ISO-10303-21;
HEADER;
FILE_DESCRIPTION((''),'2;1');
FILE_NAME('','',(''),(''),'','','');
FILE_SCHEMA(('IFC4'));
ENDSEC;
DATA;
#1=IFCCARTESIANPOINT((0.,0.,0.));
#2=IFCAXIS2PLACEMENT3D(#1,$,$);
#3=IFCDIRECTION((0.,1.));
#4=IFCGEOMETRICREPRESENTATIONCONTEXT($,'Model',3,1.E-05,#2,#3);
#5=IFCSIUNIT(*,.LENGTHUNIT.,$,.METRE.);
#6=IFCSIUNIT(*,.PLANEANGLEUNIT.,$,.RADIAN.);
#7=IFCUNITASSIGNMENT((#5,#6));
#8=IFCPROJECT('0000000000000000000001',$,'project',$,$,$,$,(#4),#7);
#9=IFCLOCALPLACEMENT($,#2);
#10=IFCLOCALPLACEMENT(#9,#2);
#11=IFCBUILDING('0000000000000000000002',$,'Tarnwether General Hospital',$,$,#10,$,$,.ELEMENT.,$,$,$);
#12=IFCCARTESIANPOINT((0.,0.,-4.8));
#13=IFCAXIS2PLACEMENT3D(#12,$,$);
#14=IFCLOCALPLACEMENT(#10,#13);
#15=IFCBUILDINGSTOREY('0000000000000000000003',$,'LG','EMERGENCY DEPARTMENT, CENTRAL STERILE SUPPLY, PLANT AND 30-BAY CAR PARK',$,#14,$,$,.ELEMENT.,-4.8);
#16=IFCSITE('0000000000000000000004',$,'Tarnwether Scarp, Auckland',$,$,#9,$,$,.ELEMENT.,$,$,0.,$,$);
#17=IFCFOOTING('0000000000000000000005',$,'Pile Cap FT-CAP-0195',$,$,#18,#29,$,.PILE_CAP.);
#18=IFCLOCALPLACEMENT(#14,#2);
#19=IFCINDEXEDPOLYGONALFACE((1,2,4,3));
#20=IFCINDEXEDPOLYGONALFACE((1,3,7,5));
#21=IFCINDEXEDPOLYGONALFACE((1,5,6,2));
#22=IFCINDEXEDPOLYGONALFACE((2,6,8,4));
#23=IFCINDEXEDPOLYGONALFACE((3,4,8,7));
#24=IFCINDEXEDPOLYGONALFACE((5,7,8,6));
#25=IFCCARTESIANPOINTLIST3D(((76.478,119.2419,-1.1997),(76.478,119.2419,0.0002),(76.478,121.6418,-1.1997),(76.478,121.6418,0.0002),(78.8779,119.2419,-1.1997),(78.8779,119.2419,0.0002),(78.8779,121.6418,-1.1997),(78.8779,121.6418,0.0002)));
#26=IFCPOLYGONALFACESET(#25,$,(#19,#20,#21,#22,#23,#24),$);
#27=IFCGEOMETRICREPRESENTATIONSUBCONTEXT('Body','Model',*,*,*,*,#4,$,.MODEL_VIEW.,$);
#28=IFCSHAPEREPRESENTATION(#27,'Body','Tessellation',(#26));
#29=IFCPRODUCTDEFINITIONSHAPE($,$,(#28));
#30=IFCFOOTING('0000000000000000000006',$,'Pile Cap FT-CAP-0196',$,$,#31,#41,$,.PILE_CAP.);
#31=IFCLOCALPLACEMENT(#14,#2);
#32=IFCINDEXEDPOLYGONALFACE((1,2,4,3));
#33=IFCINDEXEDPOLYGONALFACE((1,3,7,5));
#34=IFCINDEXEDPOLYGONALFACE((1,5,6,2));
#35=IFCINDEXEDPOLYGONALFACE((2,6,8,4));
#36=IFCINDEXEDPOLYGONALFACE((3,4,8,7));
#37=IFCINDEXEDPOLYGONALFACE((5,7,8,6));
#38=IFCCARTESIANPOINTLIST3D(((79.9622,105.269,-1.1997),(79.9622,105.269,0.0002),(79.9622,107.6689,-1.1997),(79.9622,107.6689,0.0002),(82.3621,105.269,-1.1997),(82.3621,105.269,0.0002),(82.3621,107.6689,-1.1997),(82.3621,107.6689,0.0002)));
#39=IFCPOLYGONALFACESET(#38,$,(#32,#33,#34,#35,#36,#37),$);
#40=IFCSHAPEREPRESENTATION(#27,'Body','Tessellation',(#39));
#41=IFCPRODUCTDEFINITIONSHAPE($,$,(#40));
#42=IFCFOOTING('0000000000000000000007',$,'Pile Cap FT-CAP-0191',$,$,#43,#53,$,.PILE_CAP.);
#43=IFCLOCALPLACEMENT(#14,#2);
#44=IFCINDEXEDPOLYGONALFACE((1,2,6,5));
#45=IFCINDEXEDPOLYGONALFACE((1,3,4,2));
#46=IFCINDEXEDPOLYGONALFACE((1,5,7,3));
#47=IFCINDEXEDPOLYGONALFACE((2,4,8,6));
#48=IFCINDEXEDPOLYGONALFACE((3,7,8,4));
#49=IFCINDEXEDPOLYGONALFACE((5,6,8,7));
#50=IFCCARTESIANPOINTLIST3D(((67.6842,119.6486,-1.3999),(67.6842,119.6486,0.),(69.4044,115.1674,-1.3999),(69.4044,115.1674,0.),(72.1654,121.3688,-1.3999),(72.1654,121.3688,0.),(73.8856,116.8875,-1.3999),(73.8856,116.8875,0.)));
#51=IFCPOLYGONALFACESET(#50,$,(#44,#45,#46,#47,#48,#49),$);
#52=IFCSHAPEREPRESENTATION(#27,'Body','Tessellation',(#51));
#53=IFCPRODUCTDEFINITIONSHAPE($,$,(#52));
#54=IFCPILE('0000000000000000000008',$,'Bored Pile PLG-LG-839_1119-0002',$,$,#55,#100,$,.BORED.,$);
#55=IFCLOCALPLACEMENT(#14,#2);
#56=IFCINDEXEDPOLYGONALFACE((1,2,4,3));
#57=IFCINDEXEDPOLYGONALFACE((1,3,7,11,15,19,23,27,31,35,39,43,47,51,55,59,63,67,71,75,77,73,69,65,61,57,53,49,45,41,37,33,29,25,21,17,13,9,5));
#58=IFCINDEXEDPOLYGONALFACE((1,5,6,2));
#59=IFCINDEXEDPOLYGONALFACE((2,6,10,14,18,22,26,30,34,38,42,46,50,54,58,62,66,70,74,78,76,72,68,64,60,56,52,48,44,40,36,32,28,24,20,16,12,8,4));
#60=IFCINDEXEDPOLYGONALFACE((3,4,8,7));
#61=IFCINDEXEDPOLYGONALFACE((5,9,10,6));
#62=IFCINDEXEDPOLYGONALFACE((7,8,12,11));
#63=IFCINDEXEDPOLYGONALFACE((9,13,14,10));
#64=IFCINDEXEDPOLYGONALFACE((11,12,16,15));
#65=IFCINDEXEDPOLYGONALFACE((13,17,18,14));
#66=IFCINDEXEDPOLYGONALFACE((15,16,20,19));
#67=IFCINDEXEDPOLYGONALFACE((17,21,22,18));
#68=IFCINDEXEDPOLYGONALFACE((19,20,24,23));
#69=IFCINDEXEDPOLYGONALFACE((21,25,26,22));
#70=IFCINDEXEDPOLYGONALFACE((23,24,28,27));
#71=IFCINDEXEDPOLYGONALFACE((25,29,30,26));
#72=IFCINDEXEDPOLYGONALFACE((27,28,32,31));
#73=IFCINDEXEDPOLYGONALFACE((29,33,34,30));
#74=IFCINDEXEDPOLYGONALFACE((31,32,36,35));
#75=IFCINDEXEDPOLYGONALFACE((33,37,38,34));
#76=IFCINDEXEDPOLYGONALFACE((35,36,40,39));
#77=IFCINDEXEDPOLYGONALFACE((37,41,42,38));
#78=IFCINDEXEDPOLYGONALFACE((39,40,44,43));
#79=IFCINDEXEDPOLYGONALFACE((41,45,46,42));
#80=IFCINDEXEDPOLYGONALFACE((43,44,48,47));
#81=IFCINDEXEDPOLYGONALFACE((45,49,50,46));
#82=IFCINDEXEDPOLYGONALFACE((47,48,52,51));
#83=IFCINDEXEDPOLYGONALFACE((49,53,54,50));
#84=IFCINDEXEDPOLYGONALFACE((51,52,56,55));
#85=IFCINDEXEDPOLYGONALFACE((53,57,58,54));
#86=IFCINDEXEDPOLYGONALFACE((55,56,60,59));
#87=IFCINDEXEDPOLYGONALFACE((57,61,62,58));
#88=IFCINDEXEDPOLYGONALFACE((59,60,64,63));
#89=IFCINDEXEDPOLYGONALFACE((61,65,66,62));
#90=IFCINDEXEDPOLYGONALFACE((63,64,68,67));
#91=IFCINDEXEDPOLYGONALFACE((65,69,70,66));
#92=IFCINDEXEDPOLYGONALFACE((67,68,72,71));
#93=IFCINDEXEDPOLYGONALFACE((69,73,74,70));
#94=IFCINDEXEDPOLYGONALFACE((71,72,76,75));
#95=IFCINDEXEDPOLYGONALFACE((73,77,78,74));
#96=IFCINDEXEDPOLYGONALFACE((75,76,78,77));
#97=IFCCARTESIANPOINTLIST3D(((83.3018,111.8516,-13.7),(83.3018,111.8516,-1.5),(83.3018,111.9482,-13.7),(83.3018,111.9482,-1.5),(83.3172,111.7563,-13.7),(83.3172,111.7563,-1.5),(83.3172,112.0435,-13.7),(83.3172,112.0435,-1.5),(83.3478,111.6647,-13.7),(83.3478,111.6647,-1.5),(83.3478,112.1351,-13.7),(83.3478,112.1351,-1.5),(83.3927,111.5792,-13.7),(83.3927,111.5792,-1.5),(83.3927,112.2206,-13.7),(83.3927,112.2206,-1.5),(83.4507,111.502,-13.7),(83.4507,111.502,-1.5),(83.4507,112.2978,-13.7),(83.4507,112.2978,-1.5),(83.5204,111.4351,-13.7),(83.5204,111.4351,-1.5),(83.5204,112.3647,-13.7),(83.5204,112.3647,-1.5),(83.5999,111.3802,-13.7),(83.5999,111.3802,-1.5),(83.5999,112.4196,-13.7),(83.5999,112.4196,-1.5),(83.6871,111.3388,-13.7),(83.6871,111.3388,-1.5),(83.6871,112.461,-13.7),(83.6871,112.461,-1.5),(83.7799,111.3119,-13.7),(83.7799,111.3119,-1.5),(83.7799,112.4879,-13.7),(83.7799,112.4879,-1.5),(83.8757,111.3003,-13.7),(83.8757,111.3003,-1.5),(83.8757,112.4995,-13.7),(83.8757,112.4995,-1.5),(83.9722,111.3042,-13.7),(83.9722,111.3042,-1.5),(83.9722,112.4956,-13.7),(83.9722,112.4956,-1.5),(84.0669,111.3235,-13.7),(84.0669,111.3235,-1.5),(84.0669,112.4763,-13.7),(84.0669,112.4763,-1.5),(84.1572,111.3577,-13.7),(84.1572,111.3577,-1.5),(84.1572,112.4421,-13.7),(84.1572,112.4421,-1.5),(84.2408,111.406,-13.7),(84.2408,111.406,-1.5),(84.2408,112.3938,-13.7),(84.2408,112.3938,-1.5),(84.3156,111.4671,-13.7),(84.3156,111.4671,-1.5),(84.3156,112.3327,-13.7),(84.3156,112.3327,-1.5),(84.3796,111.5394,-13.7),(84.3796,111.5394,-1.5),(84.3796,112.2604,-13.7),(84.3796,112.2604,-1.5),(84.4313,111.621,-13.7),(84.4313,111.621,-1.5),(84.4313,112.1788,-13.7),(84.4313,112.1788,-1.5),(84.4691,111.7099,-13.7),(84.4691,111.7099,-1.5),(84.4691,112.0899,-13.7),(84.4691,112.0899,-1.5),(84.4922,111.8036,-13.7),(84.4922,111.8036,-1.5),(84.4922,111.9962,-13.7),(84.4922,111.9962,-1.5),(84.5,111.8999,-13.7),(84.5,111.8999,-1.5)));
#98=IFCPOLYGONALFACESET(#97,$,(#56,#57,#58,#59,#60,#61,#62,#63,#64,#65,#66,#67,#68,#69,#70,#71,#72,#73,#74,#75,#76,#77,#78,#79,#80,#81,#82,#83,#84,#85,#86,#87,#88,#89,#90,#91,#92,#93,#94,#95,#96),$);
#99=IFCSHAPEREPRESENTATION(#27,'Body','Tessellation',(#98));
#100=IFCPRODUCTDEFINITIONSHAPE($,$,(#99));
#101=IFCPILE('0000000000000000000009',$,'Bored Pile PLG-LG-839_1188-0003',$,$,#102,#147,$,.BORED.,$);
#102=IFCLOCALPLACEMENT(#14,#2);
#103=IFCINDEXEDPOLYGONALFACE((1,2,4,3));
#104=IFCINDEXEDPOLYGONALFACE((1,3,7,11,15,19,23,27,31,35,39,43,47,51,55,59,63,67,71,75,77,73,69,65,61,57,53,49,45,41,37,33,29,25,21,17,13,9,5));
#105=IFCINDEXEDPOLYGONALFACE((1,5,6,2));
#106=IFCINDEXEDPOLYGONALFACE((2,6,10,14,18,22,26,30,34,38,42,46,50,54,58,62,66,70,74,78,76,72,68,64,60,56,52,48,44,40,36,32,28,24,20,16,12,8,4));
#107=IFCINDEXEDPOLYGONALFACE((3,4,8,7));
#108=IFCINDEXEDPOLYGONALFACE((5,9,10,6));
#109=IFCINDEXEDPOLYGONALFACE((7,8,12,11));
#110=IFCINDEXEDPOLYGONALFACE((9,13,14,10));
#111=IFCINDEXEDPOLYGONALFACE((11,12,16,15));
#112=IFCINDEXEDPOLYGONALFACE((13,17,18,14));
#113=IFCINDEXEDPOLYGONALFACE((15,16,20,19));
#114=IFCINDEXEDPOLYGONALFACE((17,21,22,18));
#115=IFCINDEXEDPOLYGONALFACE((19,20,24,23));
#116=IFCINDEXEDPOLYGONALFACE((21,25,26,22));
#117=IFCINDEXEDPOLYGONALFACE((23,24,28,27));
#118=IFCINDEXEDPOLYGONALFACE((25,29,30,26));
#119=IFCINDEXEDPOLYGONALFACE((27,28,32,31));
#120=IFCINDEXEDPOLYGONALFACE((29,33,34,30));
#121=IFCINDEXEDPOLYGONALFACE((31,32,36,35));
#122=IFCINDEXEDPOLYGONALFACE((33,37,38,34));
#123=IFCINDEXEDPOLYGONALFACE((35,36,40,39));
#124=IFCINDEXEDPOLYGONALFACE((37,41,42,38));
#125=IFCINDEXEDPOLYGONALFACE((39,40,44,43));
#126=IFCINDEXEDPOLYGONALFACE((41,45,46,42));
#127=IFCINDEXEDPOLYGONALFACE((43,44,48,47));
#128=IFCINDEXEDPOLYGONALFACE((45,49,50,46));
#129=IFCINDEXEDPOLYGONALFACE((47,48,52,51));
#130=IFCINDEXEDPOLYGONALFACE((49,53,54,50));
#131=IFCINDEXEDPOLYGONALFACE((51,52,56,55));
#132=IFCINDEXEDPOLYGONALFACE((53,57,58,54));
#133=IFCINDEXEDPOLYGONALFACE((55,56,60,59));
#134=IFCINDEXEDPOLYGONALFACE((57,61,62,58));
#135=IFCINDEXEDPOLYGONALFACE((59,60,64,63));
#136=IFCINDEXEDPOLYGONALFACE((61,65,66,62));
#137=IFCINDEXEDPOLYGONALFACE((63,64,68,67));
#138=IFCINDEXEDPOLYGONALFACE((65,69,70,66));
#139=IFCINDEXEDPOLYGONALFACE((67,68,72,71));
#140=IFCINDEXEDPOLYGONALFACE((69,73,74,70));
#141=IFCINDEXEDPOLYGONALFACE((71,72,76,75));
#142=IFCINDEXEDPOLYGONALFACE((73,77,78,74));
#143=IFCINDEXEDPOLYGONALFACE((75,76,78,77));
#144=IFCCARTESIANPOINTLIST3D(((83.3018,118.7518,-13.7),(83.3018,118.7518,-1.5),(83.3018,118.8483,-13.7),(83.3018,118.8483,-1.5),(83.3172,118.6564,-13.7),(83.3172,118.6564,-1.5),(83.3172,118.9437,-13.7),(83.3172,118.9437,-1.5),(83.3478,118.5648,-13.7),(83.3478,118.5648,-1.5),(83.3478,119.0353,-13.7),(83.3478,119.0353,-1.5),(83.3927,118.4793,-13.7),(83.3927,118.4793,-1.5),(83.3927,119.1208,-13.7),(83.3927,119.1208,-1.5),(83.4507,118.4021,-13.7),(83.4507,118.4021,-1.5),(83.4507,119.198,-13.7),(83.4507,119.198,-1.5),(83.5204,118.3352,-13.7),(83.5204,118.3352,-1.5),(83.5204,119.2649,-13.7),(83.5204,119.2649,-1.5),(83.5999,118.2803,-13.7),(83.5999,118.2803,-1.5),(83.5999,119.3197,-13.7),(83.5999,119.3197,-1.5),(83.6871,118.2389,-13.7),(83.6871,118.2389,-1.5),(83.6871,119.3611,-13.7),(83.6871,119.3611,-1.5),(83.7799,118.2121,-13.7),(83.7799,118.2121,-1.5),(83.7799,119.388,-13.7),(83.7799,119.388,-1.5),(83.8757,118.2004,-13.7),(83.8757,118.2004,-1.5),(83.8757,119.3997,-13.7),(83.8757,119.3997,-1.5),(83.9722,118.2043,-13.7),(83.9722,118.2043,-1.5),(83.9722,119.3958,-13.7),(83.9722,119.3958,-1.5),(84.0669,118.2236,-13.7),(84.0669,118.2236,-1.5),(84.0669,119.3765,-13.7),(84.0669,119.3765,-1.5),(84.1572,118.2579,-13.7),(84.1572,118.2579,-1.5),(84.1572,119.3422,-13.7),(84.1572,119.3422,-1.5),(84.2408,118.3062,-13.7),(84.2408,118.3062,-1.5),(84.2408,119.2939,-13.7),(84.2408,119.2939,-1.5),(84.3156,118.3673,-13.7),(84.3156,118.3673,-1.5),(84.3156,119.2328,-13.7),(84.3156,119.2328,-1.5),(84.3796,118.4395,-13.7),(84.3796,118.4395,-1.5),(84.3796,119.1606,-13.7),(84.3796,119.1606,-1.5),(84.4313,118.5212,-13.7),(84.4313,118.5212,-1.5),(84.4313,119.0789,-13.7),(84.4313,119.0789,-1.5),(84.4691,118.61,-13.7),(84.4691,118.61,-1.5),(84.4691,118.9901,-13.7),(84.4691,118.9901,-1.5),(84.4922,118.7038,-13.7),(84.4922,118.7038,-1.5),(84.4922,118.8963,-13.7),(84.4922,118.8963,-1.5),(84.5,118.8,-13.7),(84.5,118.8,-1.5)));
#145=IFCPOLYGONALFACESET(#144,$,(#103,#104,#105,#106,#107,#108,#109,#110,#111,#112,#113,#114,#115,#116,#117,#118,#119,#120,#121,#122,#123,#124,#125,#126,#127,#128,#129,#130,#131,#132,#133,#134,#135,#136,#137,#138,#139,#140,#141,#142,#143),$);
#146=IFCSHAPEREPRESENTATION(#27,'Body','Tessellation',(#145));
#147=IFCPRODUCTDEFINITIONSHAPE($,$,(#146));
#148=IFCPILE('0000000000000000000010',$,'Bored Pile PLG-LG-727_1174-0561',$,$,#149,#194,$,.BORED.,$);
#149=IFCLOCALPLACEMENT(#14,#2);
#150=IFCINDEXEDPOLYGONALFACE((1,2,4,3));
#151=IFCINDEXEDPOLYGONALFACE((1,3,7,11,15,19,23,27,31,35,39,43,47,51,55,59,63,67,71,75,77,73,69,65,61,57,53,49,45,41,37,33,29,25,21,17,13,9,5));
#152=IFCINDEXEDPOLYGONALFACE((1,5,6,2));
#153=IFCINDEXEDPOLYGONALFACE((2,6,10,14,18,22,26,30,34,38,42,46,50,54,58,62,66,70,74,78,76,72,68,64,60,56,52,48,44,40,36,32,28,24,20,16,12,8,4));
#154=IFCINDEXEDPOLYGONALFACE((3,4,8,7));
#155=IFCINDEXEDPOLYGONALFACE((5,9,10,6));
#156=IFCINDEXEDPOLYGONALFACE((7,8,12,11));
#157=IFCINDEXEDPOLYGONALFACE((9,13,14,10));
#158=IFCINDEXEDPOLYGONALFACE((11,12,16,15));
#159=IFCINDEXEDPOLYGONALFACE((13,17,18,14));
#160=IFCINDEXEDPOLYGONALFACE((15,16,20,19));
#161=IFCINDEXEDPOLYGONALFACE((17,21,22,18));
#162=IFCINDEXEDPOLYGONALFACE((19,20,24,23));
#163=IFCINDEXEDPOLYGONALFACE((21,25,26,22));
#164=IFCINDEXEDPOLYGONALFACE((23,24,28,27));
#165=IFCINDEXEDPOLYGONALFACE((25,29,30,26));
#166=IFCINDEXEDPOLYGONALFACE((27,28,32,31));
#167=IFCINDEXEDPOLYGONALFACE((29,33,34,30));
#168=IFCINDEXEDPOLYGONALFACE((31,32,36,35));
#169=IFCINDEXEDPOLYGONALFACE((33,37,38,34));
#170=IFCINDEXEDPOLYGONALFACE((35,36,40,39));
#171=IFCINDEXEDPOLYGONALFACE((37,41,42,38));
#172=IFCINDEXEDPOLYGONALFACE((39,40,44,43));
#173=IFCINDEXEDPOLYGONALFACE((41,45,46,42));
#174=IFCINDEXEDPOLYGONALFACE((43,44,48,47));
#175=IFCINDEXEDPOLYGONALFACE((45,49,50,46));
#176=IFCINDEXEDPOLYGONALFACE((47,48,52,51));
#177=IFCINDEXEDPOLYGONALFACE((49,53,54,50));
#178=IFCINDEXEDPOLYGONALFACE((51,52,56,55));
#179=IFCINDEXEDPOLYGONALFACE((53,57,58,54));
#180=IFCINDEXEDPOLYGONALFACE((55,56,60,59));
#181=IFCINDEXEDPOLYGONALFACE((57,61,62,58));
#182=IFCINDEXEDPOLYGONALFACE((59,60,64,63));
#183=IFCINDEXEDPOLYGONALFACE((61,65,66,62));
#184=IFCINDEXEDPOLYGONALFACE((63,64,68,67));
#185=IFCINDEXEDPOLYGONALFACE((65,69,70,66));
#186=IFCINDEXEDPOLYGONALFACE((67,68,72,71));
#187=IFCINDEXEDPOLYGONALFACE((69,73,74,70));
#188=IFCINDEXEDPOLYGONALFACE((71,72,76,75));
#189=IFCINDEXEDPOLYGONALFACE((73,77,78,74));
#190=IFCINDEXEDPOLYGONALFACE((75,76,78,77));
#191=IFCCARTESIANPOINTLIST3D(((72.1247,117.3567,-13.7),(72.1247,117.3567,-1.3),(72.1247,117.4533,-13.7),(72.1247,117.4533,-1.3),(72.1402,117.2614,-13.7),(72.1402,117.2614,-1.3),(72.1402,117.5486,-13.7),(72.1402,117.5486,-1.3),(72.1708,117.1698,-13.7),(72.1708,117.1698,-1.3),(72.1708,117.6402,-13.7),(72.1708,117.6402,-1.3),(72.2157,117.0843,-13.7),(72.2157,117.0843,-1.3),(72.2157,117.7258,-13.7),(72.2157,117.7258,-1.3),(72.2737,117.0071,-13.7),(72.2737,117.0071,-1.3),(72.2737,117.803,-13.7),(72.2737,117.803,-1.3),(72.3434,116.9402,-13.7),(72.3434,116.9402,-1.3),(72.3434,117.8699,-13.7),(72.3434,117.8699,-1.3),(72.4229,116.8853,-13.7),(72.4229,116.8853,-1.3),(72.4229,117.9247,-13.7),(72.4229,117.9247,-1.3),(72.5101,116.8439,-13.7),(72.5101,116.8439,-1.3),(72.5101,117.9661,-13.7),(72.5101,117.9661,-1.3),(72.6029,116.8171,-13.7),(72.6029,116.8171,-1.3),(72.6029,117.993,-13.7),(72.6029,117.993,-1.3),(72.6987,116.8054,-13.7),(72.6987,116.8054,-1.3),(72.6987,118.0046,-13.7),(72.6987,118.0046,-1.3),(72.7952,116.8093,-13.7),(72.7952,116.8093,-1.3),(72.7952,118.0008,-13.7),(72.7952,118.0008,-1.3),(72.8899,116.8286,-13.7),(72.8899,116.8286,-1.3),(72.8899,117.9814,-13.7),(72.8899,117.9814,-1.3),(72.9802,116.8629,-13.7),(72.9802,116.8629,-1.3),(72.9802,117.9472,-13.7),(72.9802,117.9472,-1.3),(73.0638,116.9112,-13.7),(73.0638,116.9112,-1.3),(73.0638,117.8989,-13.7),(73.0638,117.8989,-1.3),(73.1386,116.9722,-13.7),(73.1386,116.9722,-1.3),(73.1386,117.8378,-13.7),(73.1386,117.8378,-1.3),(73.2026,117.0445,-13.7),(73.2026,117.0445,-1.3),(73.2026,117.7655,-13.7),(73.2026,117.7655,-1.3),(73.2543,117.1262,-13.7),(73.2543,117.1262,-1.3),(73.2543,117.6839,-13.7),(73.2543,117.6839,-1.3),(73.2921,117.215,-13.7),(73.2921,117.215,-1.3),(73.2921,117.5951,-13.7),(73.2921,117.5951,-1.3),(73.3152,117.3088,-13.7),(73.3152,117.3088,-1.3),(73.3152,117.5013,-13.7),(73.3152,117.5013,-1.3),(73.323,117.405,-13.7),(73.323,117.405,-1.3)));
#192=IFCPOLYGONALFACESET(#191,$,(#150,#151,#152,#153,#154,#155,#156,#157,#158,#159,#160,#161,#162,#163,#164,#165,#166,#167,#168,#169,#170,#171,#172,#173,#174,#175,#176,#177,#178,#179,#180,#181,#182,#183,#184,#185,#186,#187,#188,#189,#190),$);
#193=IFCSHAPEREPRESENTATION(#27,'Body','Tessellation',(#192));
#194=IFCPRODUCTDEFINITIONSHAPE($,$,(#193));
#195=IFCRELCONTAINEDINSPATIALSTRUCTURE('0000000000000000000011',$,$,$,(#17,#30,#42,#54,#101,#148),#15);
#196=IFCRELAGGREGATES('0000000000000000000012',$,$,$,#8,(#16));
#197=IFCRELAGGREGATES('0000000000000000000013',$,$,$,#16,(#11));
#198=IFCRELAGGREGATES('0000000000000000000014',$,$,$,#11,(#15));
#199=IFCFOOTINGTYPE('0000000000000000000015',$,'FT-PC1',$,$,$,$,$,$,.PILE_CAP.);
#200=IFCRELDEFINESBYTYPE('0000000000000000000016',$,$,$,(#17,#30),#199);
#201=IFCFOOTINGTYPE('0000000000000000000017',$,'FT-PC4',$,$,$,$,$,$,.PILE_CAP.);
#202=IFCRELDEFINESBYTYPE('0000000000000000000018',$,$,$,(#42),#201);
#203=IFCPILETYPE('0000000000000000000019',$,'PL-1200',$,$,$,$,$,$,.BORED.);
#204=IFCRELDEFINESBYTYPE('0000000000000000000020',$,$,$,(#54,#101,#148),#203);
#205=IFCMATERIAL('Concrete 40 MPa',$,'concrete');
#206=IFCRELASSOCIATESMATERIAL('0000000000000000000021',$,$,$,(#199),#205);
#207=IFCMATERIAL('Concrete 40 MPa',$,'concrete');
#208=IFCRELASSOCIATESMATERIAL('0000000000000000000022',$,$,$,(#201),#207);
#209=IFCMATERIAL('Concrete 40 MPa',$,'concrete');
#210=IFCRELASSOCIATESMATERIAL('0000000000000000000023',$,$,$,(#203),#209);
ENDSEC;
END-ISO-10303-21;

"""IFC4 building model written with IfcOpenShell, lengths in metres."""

from ifc_helpers import new_model, si_unit, direction, frame, origin, origin_2d, place, context, subcontext, project, spatial, rectangle, circle, extrude, material, material_profile, profile_set, type_object, element, save


model = new_model("IFC4")

# Units and contexts
model_context = context("Model", 3, precision=1e-05, world=origin(), true_north=direction((0.0, 1.0)))
body_context = subcontext(model_context, "Body", "Model", "MODEL_VIEW")
ifc_project = project(units=[si_unit("LENGTHUNIT", "METRE"), si_unit("PLANEANGLEUNIT", "RADIAN")], contexts=[model_context])

# Site, building, storey
site_placement = place(None, origin())
site = spatial("IfcSite", under=ifc_project, at=site_placement, Name="Tarnwether Scarp, Auckland", CompositionType="ELEMENT", RefElevation=0.0)
building_placement = place(site_placement, origin())
building = spatial("IfcBuilding", under=site, at=building_placement, Name="Tarnwether General Hospital", CompositionType="ELEMENT")
storey_placement = place(building_placement, frame((0.0, 0.0, -4.8)))
storey = spatial("IfcBuildingStorey", under=building, at=storey_placement, Name="LG", Description="EMERGENCY DEPARTMENT, CENTRAL STERILE SUPPLY, PLANT AND 30-BAY CAR PARK", CompositionType="ELEMENT", Elevation=-4.8)

# Footings
ifc_material_1 = material(Name="Concrete 40 MPa", Category="concrete")
footing_type_1 = type_object("IfcFootingType", Name="FT-PC1", PredefinedType="PILE_CAP", material=ifc_material_1)
for number, where, z_axis, x_axis, name in (
    (1, (77.678, 120.4419, -1.1997), (0.0, 0.0, 1.0), (1.0, 0.0, 0.0), "Pile Cap FT-CAP-0195"),
    (2, (81.1621, 106.469, -1.1997), (0.0, 0.0, 1.0), (1.0, 0.0, 0.0), "Pile Cap FT-CAP-0196"),
):
    element("IfcFooting", number, at=place(storey_placement, frame(where, z_axis=z_axis, x_axis=x_axis)), inside=storey, type_object=footing_type_1, Name=name, PredefinedType="PILE_CAP", context=body_context, shape_type="SweptSolid", body=[
        extrude(rectangle(XDim=2.3999, YDim=2.3999, at=origin_2d()), origin(), (0.0, 0.0, 1.0), 1.2),
    ])
ifc_material_2 = material(Name="Concrete 40 MPa", Category="concrete")
footing_type_2 = type_object("IfcFootingType", Name="FT-PC4", PredefinedType="PILE_CAP", material=ifc_material_2)
footing_placement = place(storey_placement, frame((70.7849, 118.2681, -1.3999), z_axis=(0.0, 0.0, 1.0), x_axis=(-0.358368, 0.93358, 0.0)))
element("IfcFooting", 3, at=footing_placement, inside=storey, type_object=footing_type_2, Name="Pile Cap FT-CAP-0191", PredefinedType="PILE_CAP", context=body_context, shape_type="SweptSolid", body=[
    extrude(rectangle(XDim=4.8, YDim=4.8, at=origin_2d()), origin(), (0.0, 0.0, 1.0), 1.3999),
])

# Piles
ifc_material_3 = material(Name="Concrete 40 MPa", Category="concrete")
ifc_material_profile_1 = material_profile(ifc_material_3, circle(Radius=0.6001, at=origin_2d()), Name="PILE-D1200")
ifc_profile_set_1 = profile_set([ifc_material_profile_1], Name="Concrete 40 MPa")
pile_type_1 = type_object("IfcPileType", Name="PL-1200", PredefinedType="BORED", material=ifc_profile_set_1)
for number, where, z_axis, x_axis, name in (
    (4, (83.8999, 111.8999, -1.5), (0.0, 0.0, -1.0), (1.0, 0.0, 0.0), "Bored Pile PLG-LG-839_1119-0002"),
    (5, (83.8999, 118.8, -1.5), (0.0, 0.0, -1.0), (1.0, 0.0, 0.0), "Bored Pile PLG-LG-839_1188-0003"),
):
    element("IfcPile", number, at=place(storey_placement, frame(where, z_axis=z_axis, x_axis=x_axis)), inside=storey, type_object=pile_type_1, Name=name, PredefinedType="BORED", context=body_context, shape_type="SweptSolid", body=[
        extrude(circle(Radius=0.6001, at=origin_2d()), origin(), (0.0, 0.0, 1.0), 12.2),
    ])
for number, where, z_axis, x_axis, name in (
    (6, (72.7229, 117.405, -1.3), (0.0, 0.0, -1.0), (1.0, 0.0, 0.0), "Bored Pile PLG-LG-727_1174-0561"),
):
    element("IfcPile", number, at=place(storey_placement, frame(where, z_axis=z_axis, x_axis=x_axis)), inside=storey, type_object=pile_type_1, Name=name, PredefinedType="BORED", context=body_context, shape_type="SweptSolid", body=[
        extrude(circle(Radius=0.6001, at=origin_2d()), origin(), (0.0, 0.0, 1.0), 12.3999),
    ])

save(model, "model.ifc")
